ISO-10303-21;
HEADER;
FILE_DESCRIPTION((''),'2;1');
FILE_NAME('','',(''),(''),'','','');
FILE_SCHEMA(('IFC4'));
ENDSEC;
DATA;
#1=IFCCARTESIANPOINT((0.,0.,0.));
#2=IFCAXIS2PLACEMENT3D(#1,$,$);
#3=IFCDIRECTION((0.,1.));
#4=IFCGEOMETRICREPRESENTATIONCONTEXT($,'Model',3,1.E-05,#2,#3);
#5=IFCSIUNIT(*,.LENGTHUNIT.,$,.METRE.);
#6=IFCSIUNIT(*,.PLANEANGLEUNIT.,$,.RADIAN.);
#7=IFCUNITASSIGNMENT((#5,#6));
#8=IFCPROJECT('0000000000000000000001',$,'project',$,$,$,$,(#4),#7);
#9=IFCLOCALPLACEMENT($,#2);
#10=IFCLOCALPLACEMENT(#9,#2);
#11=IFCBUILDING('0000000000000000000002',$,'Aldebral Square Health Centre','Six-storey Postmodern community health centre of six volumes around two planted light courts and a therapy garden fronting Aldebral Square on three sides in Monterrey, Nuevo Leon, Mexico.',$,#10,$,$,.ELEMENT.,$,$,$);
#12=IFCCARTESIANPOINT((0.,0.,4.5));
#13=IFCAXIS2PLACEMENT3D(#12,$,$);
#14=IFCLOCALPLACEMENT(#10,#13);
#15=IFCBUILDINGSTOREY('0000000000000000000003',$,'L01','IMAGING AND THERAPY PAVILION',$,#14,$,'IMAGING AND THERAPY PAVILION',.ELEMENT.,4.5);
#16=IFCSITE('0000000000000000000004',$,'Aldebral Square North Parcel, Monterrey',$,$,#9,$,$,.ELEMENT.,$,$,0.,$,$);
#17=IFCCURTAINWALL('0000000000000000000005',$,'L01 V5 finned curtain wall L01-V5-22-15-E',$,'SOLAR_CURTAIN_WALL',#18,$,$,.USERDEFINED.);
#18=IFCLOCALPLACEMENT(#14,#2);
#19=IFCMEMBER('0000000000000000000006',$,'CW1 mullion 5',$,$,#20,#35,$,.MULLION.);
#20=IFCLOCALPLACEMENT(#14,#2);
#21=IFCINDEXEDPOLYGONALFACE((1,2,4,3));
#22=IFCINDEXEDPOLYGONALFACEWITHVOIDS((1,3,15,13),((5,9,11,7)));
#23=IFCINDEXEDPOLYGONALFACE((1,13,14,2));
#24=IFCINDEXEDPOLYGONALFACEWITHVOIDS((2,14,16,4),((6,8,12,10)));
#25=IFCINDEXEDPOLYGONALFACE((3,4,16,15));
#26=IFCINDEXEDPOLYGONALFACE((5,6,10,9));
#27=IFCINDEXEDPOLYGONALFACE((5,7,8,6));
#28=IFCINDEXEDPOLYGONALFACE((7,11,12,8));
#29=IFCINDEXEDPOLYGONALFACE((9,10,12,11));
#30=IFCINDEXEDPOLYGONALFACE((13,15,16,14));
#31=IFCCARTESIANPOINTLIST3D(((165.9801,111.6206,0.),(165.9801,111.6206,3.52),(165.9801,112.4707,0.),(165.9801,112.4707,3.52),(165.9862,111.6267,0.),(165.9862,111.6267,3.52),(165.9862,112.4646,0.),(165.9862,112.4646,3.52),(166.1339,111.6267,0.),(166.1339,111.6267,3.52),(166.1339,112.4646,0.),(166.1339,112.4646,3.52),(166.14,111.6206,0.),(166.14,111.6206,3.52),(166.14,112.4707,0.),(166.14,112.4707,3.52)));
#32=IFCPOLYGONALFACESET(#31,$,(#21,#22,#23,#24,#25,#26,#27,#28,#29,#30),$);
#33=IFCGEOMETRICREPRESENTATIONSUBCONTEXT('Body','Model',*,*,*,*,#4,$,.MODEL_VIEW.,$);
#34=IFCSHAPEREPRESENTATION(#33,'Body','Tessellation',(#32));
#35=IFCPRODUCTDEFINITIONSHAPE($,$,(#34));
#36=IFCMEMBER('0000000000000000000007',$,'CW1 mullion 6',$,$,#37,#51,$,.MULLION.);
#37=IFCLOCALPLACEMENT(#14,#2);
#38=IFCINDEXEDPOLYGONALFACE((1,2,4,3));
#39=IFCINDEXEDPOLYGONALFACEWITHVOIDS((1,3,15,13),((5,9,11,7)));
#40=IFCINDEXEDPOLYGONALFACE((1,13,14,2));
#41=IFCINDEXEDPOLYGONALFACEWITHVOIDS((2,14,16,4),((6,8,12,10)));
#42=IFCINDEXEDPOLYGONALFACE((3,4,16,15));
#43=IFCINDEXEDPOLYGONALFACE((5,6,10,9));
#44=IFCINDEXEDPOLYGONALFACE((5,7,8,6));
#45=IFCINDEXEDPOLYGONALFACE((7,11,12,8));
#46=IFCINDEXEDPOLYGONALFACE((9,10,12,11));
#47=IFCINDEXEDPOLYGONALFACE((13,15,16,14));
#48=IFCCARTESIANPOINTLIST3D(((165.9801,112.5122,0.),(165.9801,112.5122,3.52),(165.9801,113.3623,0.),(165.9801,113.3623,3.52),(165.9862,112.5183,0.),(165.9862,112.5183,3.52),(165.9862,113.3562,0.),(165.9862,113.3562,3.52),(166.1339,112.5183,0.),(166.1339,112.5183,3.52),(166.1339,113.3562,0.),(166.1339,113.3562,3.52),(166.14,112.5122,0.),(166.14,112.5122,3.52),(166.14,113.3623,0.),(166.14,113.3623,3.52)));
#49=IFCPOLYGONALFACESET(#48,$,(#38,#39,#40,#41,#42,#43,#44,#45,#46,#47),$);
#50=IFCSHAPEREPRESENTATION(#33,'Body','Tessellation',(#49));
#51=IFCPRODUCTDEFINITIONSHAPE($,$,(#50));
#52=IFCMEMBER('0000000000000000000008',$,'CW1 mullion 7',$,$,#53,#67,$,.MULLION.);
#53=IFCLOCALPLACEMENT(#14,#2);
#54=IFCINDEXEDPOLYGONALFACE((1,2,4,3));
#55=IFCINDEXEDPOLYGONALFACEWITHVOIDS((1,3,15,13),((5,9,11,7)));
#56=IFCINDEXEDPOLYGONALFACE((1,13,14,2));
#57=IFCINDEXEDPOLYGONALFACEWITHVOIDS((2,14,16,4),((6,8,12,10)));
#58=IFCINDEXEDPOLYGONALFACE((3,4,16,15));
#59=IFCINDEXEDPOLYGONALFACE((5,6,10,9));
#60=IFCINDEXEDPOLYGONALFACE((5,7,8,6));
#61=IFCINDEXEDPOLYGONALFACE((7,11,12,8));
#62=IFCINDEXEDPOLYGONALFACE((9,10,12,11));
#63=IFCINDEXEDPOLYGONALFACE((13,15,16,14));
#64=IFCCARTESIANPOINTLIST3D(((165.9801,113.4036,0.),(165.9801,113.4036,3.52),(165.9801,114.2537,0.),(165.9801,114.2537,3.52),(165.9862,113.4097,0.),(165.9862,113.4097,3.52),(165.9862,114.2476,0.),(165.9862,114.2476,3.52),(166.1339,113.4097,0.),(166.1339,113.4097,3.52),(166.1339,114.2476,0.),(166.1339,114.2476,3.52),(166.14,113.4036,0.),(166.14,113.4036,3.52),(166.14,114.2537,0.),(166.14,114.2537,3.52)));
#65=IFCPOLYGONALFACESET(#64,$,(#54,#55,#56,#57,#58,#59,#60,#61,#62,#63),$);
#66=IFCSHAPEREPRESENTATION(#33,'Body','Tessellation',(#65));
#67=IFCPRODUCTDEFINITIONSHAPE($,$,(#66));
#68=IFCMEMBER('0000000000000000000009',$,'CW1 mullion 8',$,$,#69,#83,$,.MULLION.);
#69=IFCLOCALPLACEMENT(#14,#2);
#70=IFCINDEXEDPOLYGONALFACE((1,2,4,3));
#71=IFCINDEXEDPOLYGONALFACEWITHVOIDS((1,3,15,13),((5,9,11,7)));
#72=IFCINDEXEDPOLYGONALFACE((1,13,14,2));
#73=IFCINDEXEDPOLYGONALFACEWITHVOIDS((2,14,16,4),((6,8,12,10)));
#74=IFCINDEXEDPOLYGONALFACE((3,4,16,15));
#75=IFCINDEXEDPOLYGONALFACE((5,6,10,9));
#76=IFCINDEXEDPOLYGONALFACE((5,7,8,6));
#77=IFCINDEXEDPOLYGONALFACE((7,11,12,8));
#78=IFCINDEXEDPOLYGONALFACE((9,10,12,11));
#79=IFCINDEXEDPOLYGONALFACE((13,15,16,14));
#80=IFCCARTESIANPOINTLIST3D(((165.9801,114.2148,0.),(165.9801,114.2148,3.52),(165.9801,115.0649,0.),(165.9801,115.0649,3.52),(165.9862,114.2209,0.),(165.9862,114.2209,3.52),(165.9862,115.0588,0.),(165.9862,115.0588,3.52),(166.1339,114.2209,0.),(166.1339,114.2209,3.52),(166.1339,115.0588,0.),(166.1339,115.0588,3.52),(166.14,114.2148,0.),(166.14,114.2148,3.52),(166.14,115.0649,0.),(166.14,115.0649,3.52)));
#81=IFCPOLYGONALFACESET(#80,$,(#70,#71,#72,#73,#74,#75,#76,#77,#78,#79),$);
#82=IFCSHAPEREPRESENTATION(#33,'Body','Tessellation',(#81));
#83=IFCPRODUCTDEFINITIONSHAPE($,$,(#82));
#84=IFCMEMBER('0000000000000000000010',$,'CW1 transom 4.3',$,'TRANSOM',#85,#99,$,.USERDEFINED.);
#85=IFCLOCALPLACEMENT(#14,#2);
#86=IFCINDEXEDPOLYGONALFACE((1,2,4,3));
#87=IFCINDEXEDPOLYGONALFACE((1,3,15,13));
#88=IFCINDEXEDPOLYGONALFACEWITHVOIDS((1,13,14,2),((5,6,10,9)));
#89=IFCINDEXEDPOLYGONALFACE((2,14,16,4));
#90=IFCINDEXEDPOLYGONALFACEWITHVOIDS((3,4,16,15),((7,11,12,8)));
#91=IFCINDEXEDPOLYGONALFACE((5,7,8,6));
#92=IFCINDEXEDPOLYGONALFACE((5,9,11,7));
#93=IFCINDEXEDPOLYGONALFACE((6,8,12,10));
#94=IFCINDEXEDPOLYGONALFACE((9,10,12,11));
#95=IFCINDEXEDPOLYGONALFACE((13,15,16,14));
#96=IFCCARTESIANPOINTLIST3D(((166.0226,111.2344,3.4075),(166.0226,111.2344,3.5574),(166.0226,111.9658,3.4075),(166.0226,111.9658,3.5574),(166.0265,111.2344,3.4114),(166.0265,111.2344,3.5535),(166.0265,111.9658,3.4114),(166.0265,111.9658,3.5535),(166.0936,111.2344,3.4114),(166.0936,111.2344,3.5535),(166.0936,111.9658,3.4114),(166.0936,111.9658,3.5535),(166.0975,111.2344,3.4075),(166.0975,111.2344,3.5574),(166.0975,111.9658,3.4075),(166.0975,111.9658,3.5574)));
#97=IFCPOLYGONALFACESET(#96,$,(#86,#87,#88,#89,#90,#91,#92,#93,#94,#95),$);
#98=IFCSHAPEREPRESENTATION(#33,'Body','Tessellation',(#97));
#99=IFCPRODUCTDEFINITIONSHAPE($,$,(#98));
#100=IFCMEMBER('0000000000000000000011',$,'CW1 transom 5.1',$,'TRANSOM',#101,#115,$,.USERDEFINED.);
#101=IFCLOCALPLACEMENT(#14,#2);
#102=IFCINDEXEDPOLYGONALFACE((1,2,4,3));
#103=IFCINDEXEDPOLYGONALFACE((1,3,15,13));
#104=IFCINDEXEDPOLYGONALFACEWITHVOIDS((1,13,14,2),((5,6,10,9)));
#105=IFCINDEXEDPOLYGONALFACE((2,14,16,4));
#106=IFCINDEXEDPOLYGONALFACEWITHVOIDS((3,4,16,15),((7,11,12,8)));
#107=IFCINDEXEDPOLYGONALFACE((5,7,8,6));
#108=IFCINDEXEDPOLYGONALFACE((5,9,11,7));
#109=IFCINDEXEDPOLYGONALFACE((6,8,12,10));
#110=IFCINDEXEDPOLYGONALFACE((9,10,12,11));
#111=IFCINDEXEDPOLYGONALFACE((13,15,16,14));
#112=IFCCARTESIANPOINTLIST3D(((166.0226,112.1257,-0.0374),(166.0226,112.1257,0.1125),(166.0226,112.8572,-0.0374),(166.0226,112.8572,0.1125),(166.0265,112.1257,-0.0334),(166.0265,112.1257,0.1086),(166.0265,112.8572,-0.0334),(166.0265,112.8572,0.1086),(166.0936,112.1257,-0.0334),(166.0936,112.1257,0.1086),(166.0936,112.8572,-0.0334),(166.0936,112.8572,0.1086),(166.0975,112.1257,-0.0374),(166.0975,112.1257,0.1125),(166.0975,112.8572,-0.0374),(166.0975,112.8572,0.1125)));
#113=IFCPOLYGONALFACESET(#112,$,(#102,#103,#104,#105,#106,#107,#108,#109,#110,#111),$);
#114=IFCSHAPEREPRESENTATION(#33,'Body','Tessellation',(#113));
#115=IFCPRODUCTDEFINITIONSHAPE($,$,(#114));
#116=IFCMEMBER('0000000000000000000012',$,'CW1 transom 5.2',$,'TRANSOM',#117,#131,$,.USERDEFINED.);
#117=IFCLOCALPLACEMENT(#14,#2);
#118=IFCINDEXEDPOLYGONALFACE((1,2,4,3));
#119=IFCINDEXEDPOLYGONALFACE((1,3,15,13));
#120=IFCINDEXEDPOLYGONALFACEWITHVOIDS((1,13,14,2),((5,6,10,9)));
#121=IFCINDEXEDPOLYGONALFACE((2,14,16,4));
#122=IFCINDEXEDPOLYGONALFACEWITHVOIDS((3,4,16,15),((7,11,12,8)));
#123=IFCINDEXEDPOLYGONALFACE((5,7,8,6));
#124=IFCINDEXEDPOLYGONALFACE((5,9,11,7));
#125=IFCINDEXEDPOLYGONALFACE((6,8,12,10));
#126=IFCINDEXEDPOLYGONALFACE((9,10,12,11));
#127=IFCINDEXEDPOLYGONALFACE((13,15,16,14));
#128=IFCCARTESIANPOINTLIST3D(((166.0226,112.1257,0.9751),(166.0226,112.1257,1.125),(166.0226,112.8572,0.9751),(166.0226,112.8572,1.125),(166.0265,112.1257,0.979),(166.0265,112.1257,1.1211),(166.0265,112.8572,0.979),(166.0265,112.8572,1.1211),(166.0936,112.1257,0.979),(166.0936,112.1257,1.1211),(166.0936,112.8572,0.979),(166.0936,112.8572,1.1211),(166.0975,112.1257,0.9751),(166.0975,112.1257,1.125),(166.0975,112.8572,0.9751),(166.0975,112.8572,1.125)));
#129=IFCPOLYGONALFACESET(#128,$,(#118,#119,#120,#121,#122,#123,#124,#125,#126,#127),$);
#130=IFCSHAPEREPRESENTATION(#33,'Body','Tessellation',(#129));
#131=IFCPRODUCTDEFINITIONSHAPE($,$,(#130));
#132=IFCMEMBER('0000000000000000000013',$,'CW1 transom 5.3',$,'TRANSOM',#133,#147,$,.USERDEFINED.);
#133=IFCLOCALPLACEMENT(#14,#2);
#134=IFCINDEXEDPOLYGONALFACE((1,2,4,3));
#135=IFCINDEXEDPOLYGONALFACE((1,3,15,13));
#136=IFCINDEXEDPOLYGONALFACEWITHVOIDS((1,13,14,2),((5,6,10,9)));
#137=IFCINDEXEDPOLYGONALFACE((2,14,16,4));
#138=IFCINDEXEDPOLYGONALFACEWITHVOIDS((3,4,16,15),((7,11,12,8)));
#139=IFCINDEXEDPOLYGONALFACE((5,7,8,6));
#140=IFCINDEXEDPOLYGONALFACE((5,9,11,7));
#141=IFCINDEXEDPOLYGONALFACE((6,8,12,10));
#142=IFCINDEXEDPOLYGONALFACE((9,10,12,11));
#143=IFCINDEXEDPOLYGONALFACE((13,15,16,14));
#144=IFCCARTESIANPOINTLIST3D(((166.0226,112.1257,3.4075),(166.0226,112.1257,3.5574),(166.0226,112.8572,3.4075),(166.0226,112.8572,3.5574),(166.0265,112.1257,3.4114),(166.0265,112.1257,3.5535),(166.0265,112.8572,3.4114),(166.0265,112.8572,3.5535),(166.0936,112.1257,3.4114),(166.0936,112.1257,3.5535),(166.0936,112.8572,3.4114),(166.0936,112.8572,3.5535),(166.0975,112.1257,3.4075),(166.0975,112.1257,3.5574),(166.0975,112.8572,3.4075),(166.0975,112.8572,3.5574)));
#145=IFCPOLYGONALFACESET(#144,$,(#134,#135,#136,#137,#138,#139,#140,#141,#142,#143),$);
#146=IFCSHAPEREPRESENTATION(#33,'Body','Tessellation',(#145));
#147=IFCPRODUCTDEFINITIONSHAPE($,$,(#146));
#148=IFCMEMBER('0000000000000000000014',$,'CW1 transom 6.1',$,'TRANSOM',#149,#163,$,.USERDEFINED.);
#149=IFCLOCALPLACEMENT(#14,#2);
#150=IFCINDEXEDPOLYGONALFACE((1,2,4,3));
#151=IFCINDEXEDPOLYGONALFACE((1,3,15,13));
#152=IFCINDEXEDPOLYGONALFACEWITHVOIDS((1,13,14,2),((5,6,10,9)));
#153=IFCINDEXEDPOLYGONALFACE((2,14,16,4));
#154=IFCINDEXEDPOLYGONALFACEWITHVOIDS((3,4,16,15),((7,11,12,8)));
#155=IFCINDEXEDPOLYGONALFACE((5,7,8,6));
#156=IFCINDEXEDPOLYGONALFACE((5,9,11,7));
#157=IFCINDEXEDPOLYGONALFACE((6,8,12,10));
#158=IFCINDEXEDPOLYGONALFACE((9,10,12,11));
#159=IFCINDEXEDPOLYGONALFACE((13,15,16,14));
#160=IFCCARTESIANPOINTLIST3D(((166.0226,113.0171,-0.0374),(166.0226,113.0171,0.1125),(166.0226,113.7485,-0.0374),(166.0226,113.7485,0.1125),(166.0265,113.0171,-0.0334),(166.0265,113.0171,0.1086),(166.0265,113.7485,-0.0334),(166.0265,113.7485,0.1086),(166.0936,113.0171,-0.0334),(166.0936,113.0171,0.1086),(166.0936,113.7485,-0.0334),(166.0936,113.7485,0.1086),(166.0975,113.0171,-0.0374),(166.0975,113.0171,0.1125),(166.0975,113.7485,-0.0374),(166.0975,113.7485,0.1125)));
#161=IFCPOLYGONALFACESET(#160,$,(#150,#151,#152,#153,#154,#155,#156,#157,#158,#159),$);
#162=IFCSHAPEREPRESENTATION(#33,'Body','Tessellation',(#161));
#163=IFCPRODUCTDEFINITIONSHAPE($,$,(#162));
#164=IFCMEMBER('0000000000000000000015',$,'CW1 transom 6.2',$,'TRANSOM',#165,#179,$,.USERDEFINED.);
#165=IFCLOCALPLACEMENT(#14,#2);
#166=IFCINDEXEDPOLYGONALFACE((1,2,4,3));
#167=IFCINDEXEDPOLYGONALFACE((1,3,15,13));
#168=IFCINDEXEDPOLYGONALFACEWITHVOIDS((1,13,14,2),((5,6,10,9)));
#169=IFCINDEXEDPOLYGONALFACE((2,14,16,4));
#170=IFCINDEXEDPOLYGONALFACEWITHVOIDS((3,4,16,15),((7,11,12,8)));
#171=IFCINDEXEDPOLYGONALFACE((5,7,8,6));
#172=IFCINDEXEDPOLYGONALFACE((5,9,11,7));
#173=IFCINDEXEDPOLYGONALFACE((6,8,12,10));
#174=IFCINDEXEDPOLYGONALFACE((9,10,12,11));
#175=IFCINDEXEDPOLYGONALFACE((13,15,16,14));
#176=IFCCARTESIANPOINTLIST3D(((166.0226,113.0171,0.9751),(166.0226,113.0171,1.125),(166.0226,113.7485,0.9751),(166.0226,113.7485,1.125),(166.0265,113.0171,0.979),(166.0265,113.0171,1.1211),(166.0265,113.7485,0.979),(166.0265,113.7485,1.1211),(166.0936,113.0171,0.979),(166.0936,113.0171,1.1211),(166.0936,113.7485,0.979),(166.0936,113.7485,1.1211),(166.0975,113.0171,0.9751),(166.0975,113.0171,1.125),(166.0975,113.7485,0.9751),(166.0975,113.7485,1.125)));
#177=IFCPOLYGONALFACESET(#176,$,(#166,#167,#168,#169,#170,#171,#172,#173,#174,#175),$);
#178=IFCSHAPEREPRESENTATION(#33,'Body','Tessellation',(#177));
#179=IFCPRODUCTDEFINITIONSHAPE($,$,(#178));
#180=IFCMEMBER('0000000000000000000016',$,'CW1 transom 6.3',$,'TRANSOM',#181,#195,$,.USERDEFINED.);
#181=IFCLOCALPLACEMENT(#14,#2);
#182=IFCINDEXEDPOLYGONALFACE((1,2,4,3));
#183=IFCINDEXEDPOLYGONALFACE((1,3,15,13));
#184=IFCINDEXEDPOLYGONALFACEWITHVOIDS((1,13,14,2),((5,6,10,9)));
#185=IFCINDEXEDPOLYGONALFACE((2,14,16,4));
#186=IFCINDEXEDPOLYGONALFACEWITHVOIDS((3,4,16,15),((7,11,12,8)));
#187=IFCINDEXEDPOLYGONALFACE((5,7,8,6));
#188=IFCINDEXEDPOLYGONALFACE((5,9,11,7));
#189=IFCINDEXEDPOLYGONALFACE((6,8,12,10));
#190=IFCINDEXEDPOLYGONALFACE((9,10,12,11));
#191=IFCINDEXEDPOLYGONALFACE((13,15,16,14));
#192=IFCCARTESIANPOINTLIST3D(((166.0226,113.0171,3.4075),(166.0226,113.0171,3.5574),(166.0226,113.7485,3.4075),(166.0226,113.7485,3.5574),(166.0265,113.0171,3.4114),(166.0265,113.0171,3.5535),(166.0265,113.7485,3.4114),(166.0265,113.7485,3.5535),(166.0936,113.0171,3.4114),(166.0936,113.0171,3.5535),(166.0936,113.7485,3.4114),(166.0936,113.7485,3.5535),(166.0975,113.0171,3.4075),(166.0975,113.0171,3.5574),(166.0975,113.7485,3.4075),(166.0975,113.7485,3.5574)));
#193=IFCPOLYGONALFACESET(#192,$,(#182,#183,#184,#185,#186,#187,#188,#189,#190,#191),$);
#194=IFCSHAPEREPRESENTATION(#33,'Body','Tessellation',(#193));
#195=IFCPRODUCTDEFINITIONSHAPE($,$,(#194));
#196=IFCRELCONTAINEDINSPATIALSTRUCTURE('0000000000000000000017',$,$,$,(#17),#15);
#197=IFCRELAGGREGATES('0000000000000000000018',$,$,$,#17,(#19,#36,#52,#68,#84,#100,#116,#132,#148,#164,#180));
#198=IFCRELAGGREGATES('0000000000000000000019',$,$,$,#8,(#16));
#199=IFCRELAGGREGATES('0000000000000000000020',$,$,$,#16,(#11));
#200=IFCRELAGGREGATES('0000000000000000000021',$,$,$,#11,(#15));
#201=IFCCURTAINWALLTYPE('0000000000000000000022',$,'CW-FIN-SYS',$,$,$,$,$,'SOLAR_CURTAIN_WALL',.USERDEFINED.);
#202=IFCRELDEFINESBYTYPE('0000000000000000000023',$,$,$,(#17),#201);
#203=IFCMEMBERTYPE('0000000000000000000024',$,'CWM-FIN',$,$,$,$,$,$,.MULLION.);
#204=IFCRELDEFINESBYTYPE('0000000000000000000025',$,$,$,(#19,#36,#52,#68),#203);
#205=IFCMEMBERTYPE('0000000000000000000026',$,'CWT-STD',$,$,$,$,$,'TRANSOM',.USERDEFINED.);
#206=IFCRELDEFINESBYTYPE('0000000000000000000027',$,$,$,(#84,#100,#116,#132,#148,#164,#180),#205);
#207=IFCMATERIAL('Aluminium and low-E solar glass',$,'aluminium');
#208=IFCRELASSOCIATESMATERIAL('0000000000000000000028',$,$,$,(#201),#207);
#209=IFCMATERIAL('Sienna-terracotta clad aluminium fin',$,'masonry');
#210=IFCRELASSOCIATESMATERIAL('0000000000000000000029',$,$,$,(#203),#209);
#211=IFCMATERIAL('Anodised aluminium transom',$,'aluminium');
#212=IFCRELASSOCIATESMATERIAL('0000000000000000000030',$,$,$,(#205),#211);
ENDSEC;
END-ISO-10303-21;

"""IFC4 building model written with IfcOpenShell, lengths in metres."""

from ifc_helpers import new_model, si_unit, direction, frame, origin, origin_2d, place, context, subcontext, project, spatial, hollow_rectangle, extrude, material, material_profile, profile_set, type_object, element, aggregate, save


model = new_model("IFC4")

# Units and contexts
model_context = context("Model", 3, precision=1e-05, world=origin(), true_north=direction((0.0, 1.0)))
body_context = subcontext(model_context, "Body", "Model", "MODEL_VIEW")
ifc_project = project(units=[si_unit("LENGTHUNIT", "METRE"), si_unit("PLANEANGLEUNIT", "RADIAN")], contexts=[model_context])

# Site, building, storey
site_placement = place(None, origin())
site = spatial("IfcSite", under=ifc_project, at=site_placement, Name="Aldebral Square North Parcel, Monterrey", CompositionType="ELEMENT", RefElevation=0.0)
building_placement = place(site_placement, origin())
building = spatial("IfcBuilding", under=site, at=building_placement, Name="Aldebral Square Health Centre", Description="Six-storey Postmodern community health centre of six volumes around two planted light courts and a therapy garden fronting Aldebral Square on three sides in Monterrey, Nuevo Leon, Mexico.", CompositionType="ELEMENT")
storey_placement = place(building_placement, frame((0.0, 0.0, 4.5)))
storey = spatial("IfcBuildingStorey", under=building, at=storey_placement, Name="L01", Description="IMAGING AND THERAPY PAVILION", LongName="IMAGING AND THERAPY PAVILION", CompositionType="ELEMENT", Elevation=4.5)

# Curtain wall, members
ifc_material_1 = material(Name="Aluminium and low-E solar glass", Category="aluminium")
curtain_wall_type = type_object("IfcCurtainWallType", Name="CW-FIN-SYS", ElementType="SOLAR_CURTAIN_WALL", PredefinedType="USERDEFINED", material=ifc_material_1)
curtain_wall_placement = place(storey_placement, origin())
curtain_wall = element("IfcCurtainWall", 1, at=curtain_wall_placement, inside=storey, type_object=curtain_wall_type, Name="L01 V5 finned curtain wall L01-V5-22-15-E", ObjectType="SOLAR_CURTAIN_WALL", PredefinedType="USERDEFINED")
ifc_material_2 = material(Name="Sienna-terracotta clad aluminium fin", Category="masonry")
ifc_material_profile_1 = material_profile(ifc_material_2, hollow_rectangle(XDim=0.1599, YDim=0.8501, WallThickness=0.0061, at=origin_2d()), Name="FIN 160x850x6")
ifc_profile_set_1 = profile_set([ifc_material_profile_1], Name="Sienna-terracotta clad aluminium fin")
member_type_1 = type_object("IfcMemberType", Name="CWM-FIN", PredefinedType="MULLION", material=ifc_profile_set_1)
member_1_placement = place(storey_placement, frame((166.0601, 112.0457, 0.0), z_axis=(0.0, 0.0, 1.0), x_axis=(-1.0, 0.0, 0.0)))
member_1 = element("IfcMember", 2, at=member_1_placement, type_object=member_type_1, Name="CW1 mullion 5", PredefinedType="MULLION", context=body_context, shape_type="SweptSolid", body=[
    extrude(hollow_rectangle(XDim=0.1599, YDim=0.8501, WallThickness=0.0061, at=origin_2d()), origin(), (0.0, 0.0, 1.0), 3.52),
])
member_2_placement = place(storey_placement, frame((166.0601, 112.9373, 0.0), z_axis=(0.0, 0.0, 1.0), x_axis=(-1.0, 0.0, 0.0)))
member_2 = element("IfcMember", 3, at=member_2_placement, type_object=member_type_1, Name="CW1 mullion 6", PredefinedType="MULLION", context=body_context, shape_type="SweptSolid", body=[
    extrude(hollow_rectangle(XDim=0.1599, YDim=0.8501, WallThickness=0.0061, at=origin_2d()), origin(), (0.0, 0.0, 1.0), 3.52),
])
member_3_placement = place(storey_placement, frame((166.0601, 113.8286, 0.0), z_axis=(0.0, 0.0, 1.0), x_axis=(-1.0, 0.0, 0.0)))
member_3 = element("IfcMember", 4, at=member_3_placement, type_object=member_type_1, Name="CW1 mullion 7", PredefinedType="MULLION", context=body_context, shape_type="SweptSolid", body=[
    extrude(hollow_rectangle(XDim=0.1599, YDim=0.8501, WallThickness=0.0061, at=origin_2d()), origin(), (0.0, 0.0, 1.0), 3.52),
])
member_4_placement = place(storey_placement, frame((166.0601, 114.6399, 0.0), z_axis=(0.0, 0.0, 1.0), x_axis=(-1.0, 0.0, 0.0)))
member_4 = element("IfcMember", 5, at=member_4_placement, type_object=member_type_1, Name="CW1 mullion 8", PredefinedType="MULLION", context=body_context, shape_type="SweptSolid", body=[
    extrude(hollow_rectangle(XDim=0.1599, YDim=0.8501, WallThickness=0.0061, at=origin_2d()), origin(), (0.0, 0.0, 1.0), 3.52),
])
ifc_material_3 = material(Name="Anodised aluminium transom", Category="aluminium")
ifc_material_profile_2 = material_profile(ifc_material_3, hollow_rectangle(XDim=0.075, YDim=0.1499, WallThickness=0.0039, at=origin_2d()), Name="CWT 75x150x4")
ifc_profile_set_2 = profile_set([ifc_material_profile_2], Name="Anodised aluminium transom")
member_type_2 = type_object("IfcMemberType", Name="CWT-STD", ElementType="TRANSOM", PredefinedType="USERDEFINED", material=ifc_profile_set_2)
member_5_placement = place(storey_placement, frame((166.0601, 111.2344, 3.4824), z_axis=(0.0, 1.0, 0.0), x_axis=(-1.0, 0.0, 0.0)))
member_5 = element("IfcMember", 6, at=member_5_placement, type_object=member_type_2, Name="CW1 transom 4.3", ObjectType="TRANSOM", PredefinedType="USERDEFINED", context=body_context, shape_type="SweptSolid", body=[
    extrude(hollow_rectangle(XDim=0.075, YDim=0.1499, WallThickness=0.0039, at=origin_2d()), origin(), (0.0, 0.0, 1.0), 0.7314),
])
member_6_placement = place(storey_placement, frame((166.0601, 112.1257, 0.0376), z_axis=(0.0, 1.0, 0.0), x_axis=(-1.0, 0.0, 0.0)))
member_6 = element("IfcMember", 7, at=member_6_placement, type_object=member_type_2, Name="CW1 transom 5.1", ObjectType="TRANSOM", PredefinedType="USERDEFINED", context=body_context, shape_type="SweptSolid", body=[
    extrude(hollow_rectangle(XDim=0.075, YDim=0.1499, WallThickness=0.0039, at=origin_2d()), origin(), (0.0, 0.0, 1.0), 0.7314),
])
member_7_placement = place(storey_placement, frame((166.0601, 112.1257, 1.05), z_axis=(0.0, 1.0, 0.0), x_axis=(-1.0, 0.0, 0.0)))
member_7 = element("IfcMember", 8, at=member_7_placement, type_object=member_type_2, Name="CW1 transom 5.2", ObjectType="TRANSOM", PredefinedType="USERDEFINED", context=body_context, shape_type="SweptSolid", body=[
    extrude(hollow_rectangle(XDim=0.075, YDim=0.1499, WallThickness=0.0039, at=origin_2d()), origin(), (0.0, 0.0, 1.0), 0.7314),
])
member_8_placement = place(storey_placement, frame((166.0601, 112.1257, 3.4824), z_axis=(0.0, 1.0, 0.0), x_axis=(-1.0, 0.0, 0.0)))
member_8 = element("IfcMember", 9, at=member_8_placement, type_object=member_type_2, Name="CW1 transom 5.3", ObjectType="TRANSOM", PredefinedType="USERDEFINED", context=body_context, shape_type="SweptSolid", body=[
    extrude(hollow_rectangle(XDim=0.075, YDim=0.1499, WallThickness=0.0039, at=origin_2d()), origin(), (0.0, 0.0, 1.0), 0.7314),
])
member_9_placement = place(storey_placement, frame((166.0601, 113.0171, 0.0376), z_axis=(0.0, 1.0, 0.0), x_axis=(-1.0, 0.0, 0.0)))
member_9 = element("IfcMember", 10, at=member_9_placement, type_object=member_type_2, Name="CW1 transom 6.1", ObjectType="TRANSOM", PredefinedType="USERDEFINED", context=body_context, shape_type="SweptSolid", body=[
    extrude(hollow_rectangle(XDim=0.075, YDim=0.1499, WallThickness=0.0039, at=origin_2d()), origin(), (0.0, 0.0, 1.0), 0.7314),
])
member_10_placement = place(storey_placement, frame((166.0601, 113.0171, 1.05), z_axis=(0.0, 1.0, 0.0), x_axis=(-1.0, 0.0, 0.0)))
member_10 = element("IfcMember", 11, at=member_10_placement, type_object=member_type_2, Name="CW1 transom 6.2", ObjectType="TRANSOM", PredefinedType="USERDEFINED", context=body_context, shape_type="SweptSolid", body=[
    extrude(hollow_rectangle(XDim=0.075, YDim=0.1499, WallThickness=0.0039, at=origin_2d()), origin(), (0.0, 0.0, 1.0), 0.7314),
])
member_11_placement = place(storey_placement, frame((166.0601, 113.0171, 3.4824), z_axis=(0.0, 1.0, 0.0), x_axis=(-1.0, 0.0, 0.0)))
member_11 = element("IfcMember", 12, at=member_11_placement, type_object=member_type_2, Name="CW1 transom 6.3", ObjectType="TRANSOM", PredefinedType="USERDEFINED", context=body_context, shape_type="SweptSolid", body=[
    extrude(hollow_rectangle(XDim=0.075, YDim=0.1499, WallThickness=0.0039, at=origin_2d()), origin(), (0.0, 0.0, 1.0), 0.7314),
])
aggregate(curtain_wall, [member_1, member_2, member_3, member_4, member_5, member_6, member_7, member_8, member_9, member_10, member_11])

save(model, "model.ifc")
